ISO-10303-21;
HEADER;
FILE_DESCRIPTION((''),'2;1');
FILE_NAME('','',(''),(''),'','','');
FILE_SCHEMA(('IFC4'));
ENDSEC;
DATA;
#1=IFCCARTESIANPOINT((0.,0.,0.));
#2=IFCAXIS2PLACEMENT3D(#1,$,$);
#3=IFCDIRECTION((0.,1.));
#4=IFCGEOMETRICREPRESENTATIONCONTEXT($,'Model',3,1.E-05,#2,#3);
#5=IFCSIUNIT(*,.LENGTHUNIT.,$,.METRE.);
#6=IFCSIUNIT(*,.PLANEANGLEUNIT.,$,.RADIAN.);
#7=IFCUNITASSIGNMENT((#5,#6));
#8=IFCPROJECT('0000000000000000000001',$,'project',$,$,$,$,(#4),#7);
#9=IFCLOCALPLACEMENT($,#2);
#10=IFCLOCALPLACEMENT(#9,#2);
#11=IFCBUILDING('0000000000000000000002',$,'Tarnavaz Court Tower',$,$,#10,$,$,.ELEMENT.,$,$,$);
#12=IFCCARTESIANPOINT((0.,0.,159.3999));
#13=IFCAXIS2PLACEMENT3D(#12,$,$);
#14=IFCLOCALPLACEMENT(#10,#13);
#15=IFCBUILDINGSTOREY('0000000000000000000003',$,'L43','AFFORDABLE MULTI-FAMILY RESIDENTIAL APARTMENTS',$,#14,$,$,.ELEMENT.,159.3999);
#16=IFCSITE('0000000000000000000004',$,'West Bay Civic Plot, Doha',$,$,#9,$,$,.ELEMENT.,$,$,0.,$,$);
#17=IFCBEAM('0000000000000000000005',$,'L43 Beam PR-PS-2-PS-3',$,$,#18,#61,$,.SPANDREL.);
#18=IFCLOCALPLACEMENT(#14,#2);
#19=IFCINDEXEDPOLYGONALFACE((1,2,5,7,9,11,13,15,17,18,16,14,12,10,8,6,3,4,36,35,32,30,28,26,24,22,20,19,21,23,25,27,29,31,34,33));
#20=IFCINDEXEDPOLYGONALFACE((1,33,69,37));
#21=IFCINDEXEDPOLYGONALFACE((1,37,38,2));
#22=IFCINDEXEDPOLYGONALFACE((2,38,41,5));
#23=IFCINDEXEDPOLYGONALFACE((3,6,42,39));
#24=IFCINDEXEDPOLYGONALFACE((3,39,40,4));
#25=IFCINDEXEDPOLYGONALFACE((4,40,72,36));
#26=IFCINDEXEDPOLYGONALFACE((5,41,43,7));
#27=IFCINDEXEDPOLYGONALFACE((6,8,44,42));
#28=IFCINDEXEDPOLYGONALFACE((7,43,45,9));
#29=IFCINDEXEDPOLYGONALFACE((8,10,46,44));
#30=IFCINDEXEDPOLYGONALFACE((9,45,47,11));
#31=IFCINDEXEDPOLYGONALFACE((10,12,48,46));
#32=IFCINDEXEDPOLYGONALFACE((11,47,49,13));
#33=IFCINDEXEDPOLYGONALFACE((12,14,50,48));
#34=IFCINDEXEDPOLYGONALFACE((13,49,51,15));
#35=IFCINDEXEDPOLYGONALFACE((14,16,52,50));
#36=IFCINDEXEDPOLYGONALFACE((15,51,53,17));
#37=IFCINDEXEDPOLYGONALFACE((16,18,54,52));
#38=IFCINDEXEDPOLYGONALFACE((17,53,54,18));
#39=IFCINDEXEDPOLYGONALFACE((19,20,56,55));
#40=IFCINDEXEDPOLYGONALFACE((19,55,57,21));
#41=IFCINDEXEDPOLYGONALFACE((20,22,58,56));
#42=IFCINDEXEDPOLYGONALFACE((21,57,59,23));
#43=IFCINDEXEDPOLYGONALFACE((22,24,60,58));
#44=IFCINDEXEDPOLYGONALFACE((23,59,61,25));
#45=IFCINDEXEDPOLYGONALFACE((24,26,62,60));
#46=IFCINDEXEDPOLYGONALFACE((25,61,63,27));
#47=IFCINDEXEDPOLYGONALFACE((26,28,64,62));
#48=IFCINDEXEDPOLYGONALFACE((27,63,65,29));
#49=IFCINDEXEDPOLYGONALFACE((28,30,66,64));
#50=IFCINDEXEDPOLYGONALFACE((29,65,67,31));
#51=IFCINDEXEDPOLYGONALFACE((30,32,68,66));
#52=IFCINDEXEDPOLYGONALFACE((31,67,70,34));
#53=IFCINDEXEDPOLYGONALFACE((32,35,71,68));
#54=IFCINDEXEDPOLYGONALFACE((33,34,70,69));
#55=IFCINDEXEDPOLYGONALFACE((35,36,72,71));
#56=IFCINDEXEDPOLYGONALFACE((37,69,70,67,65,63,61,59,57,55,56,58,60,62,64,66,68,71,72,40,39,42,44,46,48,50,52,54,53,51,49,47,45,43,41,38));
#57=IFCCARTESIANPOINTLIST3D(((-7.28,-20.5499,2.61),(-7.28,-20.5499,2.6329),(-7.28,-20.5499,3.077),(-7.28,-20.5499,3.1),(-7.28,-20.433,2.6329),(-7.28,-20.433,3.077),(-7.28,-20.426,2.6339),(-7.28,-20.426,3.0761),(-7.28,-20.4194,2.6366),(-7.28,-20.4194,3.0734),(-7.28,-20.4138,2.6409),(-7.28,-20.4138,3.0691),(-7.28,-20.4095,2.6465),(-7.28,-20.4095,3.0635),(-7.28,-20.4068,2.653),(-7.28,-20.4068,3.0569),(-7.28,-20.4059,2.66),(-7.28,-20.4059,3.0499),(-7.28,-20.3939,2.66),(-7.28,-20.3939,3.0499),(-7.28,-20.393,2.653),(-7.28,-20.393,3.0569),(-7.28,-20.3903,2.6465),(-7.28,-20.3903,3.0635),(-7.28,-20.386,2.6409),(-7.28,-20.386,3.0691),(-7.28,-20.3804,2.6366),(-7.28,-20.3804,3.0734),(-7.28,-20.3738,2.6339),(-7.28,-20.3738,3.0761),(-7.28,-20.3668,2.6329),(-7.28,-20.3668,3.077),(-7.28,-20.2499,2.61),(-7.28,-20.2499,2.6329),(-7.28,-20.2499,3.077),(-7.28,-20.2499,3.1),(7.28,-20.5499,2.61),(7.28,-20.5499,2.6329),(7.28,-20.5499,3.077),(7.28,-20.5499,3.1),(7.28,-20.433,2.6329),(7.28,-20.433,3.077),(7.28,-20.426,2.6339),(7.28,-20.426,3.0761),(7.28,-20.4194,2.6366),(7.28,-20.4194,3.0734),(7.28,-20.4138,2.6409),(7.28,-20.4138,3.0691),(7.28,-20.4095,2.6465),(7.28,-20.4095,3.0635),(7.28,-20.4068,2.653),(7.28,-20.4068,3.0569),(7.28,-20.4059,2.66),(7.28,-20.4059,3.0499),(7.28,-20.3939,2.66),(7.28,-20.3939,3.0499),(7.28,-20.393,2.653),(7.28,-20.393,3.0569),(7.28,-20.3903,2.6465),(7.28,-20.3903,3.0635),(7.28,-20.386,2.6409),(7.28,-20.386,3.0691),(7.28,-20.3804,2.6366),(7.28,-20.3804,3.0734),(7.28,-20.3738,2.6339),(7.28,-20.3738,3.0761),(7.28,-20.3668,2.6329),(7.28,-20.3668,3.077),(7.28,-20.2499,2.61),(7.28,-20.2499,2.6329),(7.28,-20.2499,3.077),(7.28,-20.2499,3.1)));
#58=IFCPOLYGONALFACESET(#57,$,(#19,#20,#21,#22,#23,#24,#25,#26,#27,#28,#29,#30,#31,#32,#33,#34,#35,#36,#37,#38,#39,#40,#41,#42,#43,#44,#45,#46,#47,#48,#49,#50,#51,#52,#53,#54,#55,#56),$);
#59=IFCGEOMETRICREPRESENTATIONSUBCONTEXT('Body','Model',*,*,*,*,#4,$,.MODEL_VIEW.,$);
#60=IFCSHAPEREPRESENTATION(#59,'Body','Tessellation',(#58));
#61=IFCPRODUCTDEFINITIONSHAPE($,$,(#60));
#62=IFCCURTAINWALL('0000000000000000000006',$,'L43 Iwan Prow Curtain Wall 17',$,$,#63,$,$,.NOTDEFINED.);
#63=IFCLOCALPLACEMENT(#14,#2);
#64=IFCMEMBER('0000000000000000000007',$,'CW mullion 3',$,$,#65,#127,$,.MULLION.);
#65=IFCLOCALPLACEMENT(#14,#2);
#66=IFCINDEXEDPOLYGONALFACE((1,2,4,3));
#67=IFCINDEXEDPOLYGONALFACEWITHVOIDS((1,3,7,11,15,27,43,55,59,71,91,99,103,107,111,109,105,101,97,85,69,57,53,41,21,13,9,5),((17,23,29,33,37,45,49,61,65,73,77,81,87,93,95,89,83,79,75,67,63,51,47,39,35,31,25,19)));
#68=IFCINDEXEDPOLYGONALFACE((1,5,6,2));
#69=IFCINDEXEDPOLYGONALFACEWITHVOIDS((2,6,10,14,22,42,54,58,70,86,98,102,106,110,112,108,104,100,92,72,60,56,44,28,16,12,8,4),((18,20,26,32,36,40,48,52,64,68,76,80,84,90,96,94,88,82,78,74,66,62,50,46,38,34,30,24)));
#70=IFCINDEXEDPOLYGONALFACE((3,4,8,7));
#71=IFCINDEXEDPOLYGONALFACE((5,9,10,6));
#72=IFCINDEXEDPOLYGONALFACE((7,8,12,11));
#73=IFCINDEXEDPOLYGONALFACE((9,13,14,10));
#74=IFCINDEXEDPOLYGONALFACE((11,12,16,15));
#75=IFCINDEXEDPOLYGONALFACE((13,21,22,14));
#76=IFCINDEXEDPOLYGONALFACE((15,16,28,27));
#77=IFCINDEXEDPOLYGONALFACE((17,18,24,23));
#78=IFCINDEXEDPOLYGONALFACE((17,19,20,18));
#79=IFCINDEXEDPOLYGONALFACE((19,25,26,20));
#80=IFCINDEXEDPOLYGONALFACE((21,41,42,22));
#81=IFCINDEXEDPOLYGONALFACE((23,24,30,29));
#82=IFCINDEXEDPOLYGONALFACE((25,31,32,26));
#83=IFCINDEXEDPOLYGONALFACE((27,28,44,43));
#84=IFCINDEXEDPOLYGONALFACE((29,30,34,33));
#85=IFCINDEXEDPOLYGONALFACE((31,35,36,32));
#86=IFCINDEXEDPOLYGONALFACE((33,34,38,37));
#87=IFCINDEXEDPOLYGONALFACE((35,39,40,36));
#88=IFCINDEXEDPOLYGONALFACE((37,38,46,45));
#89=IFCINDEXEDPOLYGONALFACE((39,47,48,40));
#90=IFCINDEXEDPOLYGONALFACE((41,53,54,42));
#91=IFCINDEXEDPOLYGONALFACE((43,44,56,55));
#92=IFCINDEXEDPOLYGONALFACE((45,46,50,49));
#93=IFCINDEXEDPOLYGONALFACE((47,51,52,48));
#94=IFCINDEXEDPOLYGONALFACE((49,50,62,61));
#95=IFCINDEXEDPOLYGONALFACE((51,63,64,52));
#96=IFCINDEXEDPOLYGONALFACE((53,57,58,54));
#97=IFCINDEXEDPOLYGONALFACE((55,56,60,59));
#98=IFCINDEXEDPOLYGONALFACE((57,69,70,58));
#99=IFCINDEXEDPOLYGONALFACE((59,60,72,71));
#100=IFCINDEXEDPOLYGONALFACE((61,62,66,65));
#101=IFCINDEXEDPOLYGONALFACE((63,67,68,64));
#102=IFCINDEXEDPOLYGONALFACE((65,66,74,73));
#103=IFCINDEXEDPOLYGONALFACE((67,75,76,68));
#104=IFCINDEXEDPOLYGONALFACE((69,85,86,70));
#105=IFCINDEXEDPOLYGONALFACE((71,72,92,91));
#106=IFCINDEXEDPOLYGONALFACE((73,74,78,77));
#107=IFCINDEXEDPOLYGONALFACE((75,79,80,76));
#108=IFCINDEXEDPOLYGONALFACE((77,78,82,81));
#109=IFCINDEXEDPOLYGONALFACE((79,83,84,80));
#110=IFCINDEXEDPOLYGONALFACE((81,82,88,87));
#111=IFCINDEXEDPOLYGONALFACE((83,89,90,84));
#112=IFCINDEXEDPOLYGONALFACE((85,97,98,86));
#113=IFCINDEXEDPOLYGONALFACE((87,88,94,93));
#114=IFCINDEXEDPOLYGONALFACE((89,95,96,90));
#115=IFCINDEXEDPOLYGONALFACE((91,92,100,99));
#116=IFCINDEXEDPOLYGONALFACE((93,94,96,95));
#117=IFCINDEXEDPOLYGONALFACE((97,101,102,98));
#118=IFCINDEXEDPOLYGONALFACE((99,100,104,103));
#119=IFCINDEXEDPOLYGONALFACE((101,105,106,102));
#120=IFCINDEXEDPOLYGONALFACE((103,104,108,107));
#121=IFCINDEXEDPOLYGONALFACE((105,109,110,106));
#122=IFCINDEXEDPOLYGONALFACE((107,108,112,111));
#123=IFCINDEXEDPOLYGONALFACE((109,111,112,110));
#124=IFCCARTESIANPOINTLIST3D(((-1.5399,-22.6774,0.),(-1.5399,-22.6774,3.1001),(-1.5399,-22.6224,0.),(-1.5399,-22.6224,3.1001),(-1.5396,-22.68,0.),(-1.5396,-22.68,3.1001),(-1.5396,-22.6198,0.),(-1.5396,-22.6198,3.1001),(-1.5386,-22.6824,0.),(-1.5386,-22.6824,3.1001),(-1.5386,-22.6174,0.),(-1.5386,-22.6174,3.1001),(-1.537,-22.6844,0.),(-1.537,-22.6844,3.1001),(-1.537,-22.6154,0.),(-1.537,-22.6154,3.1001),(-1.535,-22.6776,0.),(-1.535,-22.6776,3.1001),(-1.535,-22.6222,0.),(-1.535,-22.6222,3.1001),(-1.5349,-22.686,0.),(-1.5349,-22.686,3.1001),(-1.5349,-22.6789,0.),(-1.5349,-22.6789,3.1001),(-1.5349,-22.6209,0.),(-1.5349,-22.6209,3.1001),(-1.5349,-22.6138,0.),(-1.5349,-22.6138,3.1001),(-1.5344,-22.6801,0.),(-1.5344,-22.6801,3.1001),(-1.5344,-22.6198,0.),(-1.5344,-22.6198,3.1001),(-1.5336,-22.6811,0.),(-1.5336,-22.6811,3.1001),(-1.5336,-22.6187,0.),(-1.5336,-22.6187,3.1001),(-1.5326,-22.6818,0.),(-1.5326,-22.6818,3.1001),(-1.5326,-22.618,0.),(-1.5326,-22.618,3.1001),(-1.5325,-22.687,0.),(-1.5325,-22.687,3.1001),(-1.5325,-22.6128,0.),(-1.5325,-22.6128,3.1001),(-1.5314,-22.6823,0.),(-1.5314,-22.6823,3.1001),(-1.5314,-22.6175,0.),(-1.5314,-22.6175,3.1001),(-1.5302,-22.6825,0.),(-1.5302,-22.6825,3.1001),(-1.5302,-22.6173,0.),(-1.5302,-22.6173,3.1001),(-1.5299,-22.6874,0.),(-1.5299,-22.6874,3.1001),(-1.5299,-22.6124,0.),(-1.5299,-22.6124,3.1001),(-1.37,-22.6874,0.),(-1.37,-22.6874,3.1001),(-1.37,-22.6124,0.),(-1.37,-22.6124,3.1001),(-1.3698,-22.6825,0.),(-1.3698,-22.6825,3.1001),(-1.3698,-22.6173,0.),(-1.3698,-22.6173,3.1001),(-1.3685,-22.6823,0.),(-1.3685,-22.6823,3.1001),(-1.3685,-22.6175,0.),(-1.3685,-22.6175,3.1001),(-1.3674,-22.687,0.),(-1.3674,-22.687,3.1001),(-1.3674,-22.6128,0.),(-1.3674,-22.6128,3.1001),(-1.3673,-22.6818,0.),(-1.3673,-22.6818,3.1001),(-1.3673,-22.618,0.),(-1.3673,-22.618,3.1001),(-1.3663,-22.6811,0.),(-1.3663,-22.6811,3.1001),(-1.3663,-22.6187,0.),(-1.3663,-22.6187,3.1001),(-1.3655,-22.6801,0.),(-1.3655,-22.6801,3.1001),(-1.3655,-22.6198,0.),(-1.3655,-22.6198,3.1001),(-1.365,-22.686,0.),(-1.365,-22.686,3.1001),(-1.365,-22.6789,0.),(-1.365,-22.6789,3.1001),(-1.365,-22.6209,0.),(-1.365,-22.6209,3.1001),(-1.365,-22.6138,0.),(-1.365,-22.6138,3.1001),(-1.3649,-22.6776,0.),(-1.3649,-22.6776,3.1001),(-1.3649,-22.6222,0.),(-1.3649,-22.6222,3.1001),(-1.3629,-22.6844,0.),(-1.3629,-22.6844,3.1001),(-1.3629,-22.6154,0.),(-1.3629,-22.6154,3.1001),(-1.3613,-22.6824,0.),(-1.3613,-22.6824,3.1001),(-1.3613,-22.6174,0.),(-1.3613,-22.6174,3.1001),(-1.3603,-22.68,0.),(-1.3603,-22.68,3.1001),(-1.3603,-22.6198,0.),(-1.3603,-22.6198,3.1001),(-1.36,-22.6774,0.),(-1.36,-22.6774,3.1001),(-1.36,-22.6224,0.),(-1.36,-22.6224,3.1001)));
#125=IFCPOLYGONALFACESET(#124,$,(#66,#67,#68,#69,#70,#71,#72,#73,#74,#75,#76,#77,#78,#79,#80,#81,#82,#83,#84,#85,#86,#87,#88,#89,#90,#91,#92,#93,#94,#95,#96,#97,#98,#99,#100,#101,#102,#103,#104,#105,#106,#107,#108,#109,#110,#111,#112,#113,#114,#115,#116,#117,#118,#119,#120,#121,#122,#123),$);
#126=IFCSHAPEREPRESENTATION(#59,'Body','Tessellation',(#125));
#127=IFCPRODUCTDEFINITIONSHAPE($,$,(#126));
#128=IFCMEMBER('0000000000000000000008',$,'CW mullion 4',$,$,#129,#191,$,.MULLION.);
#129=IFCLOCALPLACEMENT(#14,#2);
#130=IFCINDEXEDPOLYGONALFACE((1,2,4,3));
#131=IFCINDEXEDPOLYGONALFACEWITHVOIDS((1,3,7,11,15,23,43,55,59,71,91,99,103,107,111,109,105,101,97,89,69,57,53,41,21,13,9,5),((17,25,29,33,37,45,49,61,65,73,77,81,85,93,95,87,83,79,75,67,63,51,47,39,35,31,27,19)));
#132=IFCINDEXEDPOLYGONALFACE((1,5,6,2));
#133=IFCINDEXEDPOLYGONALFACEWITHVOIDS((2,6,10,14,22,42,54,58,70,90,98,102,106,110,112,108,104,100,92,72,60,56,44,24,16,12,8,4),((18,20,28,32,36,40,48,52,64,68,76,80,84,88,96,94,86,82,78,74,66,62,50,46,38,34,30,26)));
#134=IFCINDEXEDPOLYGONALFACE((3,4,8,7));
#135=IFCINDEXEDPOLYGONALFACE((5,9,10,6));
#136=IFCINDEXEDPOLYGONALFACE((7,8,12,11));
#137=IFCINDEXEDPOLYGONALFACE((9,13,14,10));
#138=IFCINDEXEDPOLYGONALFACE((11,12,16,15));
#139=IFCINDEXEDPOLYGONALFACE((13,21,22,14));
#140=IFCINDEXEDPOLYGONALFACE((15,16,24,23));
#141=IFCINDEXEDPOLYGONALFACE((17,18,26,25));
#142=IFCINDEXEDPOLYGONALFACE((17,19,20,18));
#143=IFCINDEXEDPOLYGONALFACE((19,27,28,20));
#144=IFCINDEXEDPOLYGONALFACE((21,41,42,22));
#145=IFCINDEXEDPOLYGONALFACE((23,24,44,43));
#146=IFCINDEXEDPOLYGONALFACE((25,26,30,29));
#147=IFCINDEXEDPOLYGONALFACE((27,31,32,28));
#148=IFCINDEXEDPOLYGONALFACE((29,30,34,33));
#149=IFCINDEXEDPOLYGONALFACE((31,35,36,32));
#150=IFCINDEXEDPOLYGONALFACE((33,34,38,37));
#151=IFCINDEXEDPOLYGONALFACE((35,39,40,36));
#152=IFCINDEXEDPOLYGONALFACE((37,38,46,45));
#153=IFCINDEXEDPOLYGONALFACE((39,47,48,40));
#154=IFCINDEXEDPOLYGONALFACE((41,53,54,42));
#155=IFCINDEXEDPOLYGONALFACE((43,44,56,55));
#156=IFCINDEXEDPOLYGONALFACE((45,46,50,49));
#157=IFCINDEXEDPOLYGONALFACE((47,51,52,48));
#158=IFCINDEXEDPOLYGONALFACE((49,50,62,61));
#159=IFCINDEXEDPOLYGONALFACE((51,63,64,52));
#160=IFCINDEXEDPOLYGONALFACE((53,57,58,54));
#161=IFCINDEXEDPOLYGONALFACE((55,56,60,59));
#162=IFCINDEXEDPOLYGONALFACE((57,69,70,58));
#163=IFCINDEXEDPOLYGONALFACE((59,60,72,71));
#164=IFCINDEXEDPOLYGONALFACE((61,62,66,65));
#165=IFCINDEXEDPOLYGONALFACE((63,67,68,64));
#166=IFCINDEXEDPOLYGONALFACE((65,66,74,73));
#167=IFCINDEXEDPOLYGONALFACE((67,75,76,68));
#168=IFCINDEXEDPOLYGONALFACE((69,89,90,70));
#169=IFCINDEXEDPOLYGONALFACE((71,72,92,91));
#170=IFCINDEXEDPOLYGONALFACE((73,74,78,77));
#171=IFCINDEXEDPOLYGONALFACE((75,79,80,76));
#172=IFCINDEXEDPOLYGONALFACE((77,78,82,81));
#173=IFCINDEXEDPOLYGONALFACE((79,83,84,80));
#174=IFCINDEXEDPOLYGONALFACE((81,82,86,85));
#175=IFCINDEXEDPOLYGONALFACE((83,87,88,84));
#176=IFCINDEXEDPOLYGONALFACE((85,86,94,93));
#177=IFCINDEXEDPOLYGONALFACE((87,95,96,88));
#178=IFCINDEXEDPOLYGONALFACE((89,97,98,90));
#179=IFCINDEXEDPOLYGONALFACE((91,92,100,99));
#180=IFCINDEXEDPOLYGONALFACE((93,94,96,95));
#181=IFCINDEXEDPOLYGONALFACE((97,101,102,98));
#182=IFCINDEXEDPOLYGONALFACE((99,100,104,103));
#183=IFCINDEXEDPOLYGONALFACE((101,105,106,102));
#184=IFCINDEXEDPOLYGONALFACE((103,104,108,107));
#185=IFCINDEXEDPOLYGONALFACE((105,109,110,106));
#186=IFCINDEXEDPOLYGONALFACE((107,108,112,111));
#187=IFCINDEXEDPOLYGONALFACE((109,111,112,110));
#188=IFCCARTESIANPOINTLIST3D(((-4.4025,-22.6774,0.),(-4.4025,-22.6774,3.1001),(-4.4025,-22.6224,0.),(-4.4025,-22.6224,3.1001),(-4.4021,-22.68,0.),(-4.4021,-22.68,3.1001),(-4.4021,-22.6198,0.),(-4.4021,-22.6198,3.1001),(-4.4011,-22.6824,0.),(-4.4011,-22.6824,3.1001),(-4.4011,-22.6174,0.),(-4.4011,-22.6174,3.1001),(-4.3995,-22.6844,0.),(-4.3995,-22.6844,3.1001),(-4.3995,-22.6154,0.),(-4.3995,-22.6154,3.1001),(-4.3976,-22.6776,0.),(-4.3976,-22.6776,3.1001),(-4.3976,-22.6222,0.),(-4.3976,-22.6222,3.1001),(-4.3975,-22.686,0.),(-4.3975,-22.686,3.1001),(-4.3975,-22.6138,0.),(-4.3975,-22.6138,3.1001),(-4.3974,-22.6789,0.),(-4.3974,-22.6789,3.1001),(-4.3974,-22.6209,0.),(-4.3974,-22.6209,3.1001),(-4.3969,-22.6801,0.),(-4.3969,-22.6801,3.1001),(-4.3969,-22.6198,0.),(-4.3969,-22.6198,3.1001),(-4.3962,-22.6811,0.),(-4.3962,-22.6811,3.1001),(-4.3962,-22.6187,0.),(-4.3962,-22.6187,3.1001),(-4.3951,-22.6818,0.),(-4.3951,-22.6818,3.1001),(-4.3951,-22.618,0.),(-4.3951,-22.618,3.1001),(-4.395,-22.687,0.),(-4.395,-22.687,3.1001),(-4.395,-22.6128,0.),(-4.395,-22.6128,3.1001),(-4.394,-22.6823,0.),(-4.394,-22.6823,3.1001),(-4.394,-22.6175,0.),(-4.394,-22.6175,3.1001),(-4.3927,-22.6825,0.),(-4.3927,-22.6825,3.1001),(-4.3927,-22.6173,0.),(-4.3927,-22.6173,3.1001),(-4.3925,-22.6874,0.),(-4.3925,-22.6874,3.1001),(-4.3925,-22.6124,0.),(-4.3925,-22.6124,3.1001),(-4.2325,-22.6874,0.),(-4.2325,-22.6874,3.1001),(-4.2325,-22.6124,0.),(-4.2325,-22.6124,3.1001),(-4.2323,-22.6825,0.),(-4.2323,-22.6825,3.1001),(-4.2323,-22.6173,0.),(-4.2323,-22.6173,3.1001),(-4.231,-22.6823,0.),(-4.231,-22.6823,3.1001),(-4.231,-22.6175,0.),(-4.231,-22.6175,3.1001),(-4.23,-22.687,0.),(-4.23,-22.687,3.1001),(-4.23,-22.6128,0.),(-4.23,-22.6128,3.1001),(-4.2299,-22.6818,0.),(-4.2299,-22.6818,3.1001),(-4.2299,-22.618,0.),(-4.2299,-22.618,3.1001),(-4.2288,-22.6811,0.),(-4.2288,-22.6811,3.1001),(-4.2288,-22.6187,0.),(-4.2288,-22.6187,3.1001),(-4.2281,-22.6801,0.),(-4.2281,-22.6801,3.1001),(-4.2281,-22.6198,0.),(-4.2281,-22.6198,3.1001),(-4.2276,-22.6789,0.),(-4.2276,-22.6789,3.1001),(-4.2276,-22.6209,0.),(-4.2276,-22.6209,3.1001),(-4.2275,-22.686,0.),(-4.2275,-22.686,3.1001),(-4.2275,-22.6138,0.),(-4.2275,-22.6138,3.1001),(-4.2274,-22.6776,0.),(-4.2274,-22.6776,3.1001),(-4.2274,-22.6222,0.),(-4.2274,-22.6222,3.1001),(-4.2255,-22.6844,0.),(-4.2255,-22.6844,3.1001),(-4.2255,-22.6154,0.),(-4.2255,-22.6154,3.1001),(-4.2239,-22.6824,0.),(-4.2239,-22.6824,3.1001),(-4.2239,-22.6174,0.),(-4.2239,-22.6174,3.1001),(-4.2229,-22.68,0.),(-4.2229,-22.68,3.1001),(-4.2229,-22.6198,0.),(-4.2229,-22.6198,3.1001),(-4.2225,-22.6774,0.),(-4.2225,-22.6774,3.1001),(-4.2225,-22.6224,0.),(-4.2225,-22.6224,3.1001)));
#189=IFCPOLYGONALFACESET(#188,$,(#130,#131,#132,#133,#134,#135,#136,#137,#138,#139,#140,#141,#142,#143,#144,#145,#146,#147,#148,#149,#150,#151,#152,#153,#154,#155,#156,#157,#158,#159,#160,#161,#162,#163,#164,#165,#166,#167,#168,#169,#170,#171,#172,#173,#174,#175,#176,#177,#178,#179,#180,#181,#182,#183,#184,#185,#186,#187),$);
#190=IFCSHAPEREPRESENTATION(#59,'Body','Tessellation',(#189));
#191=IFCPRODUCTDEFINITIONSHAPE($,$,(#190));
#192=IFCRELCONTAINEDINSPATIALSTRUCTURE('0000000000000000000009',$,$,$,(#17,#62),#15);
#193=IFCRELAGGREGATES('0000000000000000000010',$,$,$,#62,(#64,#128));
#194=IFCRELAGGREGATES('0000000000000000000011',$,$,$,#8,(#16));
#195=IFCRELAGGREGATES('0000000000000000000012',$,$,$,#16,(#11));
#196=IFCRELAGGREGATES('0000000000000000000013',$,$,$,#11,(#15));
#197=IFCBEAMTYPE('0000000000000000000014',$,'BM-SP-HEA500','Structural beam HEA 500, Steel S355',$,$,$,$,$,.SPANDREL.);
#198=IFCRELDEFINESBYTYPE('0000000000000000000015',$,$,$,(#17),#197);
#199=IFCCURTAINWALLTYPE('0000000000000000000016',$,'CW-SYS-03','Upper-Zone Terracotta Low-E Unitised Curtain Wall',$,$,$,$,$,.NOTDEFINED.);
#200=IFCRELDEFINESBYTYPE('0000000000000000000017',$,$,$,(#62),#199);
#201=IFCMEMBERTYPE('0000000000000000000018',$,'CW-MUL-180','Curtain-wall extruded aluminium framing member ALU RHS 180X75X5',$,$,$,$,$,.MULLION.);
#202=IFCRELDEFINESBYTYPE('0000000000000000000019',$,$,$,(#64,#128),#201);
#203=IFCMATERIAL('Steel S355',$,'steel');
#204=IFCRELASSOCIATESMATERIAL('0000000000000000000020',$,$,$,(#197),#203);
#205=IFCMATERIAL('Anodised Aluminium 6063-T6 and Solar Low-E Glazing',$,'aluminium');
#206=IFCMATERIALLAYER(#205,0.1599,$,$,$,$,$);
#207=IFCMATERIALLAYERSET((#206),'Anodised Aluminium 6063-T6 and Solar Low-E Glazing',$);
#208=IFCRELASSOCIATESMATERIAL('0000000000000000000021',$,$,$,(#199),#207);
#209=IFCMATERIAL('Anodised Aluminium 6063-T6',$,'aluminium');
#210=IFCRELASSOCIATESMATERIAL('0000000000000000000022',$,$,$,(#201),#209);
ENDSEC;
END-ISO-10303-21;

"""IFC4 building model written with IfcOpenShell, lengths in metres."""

from ifc_helpers import new_model, si_unit, direction, frame, origin, origin_2d, place, context, subcontext, project, spatial, hollow_rectangle, i_section, extrude, material, layer, layer_set, material_profile, profile_set, type_object, element, aggregate, save


model = new_model("IFC4")

# Units and contexts
model_context = context("Model", 3, precision=1e-05, world=origin(), true_north=direction((0.0, 1.0)))
body_context = subcontext(model_context, "Body", "Model", "MODEL_VIEW")
ifc_project = project(units=[si_unit("LENGTHUNIT", "METRE"), si_unit("PLANEANGLEUNIT", "RADIAN")], contexts=[model_context])

# Site, building, storey
site_placement = place(None, origin())
site = spatial("IfcSite", under=ifc_project, at=site_placement, Name="West Bay Civic Plot, Doha", CompositionType="ELEMENT", RefElevation=0.0)
building_placement = place(site_placement, origin())
building = spatial("IfcBuilding", under=site, at=building_placement, Name="Tarnavaz Court Tower", CompositionType="ELEMENT")
storey_placement = place(building_placement, frame((0.0, 0.0, 159.3999)))
storey = spatial("IfcBuildingStorey", under=building, at=storey_placement, Name="L43", Description="AFFORDABLE MULTI-FAMILY RESIDENTIAL APARTMENTS", CompositionType="ELEMENT", Elevation=159.3999)

# Beam
ifc_material_1 = material(Name="Steel S355", Category="steel")
ifc_material_profile_1 = material_profile(ifc_material_1, i_section(OverallWidth=0.3, OverallDepth=0.49, WebThickness=0.012, FlangeThickness=0.0229, FilletRadius=0.0271, at=origin_2d()), Name="HEA 500")
ifc_profile_set_1 = profile_set([ifc_material_profile_1], Name="Steel S355")
beam_type_1 = type_object("IfcBeamType", Name="BM-SP-HEA500", Description="Structural beam HEA 500, Steel S355", PredefinedType="SPANDREL", material=ifc_profile_set_1)
beam_placement = place(storey_placement, frame((-7.28, -20.3999, 2.855), z_axis=(1.0, 0.0, 0.0), x_axis=(0.0, 1.0, 0.0)))
element("IfcBeam", 1, at=beam_placement, inside=storey, type_object=beam_type_1, Name="L43 Beam PR-PS-2-PS-3", PredefinedType="SPANDREL", context=body_context, shape_type="SweptSolid", body=[
    extrude(i_section(OverallWidth=0.3, OverallDepth=0.49, WebThickness=0.012, FlangeThickness=0.0229, FilletRadius=0.0271, at=origin_2d()), origin(), (0.0, 0.0, 1.0), 14.5601),
])

# Curtain wall, members
ifc_material_2 = material(Name="Anodised Aluminium 6063-T6 and Solar Low-E Glazing", Category="aluminium")
ifc_layer_1 = layer(ifc_material_2, 0.1599)
ifc_layer_set_1 = layer_set([ifc_layer_1], Name="Anodised Aluminium 6063-T6 and Solar Low-E Glazing")
curtain_wall_type = type_object("IfcCurtainWallType", Name="CW-SYS-03", Description="Upper-Zone Terracotta Low-E Unitised Curtain Wall", PredefinedType="NOTDEFINED", material=ifc_layer_set_1)
curtain_wall_placement = place(storey_placement, origin())
curtain_wall = element("IfcCurtainWall", 2, at=curtain_wall_placement, inside=storey, type_object=curtain_wall_type, Name="L43 Iwan Prow Curtain Wall 17", PredefinedType="NOTDEFINED")
ifc_material_3 = material(Name="Anodised Aluminium 6063-T6", Category="aluminium")
ifc_material_profile_2 = material_profile(ifc_material_3, hollow_rectangle(XDim=0.075, YDim=0.1799, WallThickness=0.0049, InnerFilletRadius=0.0049, OuterFilletRadius=0.01, at=origin_2d()), Name="ALU RHS 180X75X5")
ifc_profile_set_2 = profile_set([ifc_material_profile_2], Name="Anodised Aluminium 6063-T6")
member_type_1 = type_object("IfcMemberType", Name="CW-MUL-180", Description="Curtain-wall extruded aluminium framing member ALU RHS 180X75X5", PredefinedType="MULLION", material=ifc_profile_set_2)
member_1_placement = place(storey_placement, frame((-1.45, -22.6499, 0.0), z_axis=(0.0, 0.0, 1.0), x_axis=(0.0, -1.0, 0.0)))
member_1 = element("IfcMember", 3, at=member_1_placement, type_object=member_type_1, Name="CW mullion 3", PredefinedType="MULLION", context=body_context, shape_type="SweptSolid", body=[
    extrude(hollow_rectangle(XDim=0.075, YDim=0.1799, WallThickness=0.0049, InnerFilletRadius=0.0049, OuterFilletRadius=0.01, at=origin_2d()), origin(), (0.0, 0.0, 1.0), 3.1001),
])
member_2_placement = place(storey_placement, frame((-4.3125, -22.6499, 0.0), z_axis=(0.0, 0.0, 1.0), x_axis=(0.0, -1.0, 0.0)))
member_2 = element("IfcMember", 4, at=member_2_placement, type_object=member_type_1, Name="CW mullion 4", PredefinedType="MULLION", context=body_context, shape_type="SweptSolid", body=[
    extrude(hollow_rectangle(XDim=0.075, YDim=0.1799, WallThickness=0.0049, InnerFilletRadius=0.0049, OuterFilletRadius=0.01, at=origin_2d()), origin(), (0.0, 0.0, 1.0), 3.1001),
])
aggregate(curtain_wall, [member_1, member_2])

save(model, "model.ifc")
